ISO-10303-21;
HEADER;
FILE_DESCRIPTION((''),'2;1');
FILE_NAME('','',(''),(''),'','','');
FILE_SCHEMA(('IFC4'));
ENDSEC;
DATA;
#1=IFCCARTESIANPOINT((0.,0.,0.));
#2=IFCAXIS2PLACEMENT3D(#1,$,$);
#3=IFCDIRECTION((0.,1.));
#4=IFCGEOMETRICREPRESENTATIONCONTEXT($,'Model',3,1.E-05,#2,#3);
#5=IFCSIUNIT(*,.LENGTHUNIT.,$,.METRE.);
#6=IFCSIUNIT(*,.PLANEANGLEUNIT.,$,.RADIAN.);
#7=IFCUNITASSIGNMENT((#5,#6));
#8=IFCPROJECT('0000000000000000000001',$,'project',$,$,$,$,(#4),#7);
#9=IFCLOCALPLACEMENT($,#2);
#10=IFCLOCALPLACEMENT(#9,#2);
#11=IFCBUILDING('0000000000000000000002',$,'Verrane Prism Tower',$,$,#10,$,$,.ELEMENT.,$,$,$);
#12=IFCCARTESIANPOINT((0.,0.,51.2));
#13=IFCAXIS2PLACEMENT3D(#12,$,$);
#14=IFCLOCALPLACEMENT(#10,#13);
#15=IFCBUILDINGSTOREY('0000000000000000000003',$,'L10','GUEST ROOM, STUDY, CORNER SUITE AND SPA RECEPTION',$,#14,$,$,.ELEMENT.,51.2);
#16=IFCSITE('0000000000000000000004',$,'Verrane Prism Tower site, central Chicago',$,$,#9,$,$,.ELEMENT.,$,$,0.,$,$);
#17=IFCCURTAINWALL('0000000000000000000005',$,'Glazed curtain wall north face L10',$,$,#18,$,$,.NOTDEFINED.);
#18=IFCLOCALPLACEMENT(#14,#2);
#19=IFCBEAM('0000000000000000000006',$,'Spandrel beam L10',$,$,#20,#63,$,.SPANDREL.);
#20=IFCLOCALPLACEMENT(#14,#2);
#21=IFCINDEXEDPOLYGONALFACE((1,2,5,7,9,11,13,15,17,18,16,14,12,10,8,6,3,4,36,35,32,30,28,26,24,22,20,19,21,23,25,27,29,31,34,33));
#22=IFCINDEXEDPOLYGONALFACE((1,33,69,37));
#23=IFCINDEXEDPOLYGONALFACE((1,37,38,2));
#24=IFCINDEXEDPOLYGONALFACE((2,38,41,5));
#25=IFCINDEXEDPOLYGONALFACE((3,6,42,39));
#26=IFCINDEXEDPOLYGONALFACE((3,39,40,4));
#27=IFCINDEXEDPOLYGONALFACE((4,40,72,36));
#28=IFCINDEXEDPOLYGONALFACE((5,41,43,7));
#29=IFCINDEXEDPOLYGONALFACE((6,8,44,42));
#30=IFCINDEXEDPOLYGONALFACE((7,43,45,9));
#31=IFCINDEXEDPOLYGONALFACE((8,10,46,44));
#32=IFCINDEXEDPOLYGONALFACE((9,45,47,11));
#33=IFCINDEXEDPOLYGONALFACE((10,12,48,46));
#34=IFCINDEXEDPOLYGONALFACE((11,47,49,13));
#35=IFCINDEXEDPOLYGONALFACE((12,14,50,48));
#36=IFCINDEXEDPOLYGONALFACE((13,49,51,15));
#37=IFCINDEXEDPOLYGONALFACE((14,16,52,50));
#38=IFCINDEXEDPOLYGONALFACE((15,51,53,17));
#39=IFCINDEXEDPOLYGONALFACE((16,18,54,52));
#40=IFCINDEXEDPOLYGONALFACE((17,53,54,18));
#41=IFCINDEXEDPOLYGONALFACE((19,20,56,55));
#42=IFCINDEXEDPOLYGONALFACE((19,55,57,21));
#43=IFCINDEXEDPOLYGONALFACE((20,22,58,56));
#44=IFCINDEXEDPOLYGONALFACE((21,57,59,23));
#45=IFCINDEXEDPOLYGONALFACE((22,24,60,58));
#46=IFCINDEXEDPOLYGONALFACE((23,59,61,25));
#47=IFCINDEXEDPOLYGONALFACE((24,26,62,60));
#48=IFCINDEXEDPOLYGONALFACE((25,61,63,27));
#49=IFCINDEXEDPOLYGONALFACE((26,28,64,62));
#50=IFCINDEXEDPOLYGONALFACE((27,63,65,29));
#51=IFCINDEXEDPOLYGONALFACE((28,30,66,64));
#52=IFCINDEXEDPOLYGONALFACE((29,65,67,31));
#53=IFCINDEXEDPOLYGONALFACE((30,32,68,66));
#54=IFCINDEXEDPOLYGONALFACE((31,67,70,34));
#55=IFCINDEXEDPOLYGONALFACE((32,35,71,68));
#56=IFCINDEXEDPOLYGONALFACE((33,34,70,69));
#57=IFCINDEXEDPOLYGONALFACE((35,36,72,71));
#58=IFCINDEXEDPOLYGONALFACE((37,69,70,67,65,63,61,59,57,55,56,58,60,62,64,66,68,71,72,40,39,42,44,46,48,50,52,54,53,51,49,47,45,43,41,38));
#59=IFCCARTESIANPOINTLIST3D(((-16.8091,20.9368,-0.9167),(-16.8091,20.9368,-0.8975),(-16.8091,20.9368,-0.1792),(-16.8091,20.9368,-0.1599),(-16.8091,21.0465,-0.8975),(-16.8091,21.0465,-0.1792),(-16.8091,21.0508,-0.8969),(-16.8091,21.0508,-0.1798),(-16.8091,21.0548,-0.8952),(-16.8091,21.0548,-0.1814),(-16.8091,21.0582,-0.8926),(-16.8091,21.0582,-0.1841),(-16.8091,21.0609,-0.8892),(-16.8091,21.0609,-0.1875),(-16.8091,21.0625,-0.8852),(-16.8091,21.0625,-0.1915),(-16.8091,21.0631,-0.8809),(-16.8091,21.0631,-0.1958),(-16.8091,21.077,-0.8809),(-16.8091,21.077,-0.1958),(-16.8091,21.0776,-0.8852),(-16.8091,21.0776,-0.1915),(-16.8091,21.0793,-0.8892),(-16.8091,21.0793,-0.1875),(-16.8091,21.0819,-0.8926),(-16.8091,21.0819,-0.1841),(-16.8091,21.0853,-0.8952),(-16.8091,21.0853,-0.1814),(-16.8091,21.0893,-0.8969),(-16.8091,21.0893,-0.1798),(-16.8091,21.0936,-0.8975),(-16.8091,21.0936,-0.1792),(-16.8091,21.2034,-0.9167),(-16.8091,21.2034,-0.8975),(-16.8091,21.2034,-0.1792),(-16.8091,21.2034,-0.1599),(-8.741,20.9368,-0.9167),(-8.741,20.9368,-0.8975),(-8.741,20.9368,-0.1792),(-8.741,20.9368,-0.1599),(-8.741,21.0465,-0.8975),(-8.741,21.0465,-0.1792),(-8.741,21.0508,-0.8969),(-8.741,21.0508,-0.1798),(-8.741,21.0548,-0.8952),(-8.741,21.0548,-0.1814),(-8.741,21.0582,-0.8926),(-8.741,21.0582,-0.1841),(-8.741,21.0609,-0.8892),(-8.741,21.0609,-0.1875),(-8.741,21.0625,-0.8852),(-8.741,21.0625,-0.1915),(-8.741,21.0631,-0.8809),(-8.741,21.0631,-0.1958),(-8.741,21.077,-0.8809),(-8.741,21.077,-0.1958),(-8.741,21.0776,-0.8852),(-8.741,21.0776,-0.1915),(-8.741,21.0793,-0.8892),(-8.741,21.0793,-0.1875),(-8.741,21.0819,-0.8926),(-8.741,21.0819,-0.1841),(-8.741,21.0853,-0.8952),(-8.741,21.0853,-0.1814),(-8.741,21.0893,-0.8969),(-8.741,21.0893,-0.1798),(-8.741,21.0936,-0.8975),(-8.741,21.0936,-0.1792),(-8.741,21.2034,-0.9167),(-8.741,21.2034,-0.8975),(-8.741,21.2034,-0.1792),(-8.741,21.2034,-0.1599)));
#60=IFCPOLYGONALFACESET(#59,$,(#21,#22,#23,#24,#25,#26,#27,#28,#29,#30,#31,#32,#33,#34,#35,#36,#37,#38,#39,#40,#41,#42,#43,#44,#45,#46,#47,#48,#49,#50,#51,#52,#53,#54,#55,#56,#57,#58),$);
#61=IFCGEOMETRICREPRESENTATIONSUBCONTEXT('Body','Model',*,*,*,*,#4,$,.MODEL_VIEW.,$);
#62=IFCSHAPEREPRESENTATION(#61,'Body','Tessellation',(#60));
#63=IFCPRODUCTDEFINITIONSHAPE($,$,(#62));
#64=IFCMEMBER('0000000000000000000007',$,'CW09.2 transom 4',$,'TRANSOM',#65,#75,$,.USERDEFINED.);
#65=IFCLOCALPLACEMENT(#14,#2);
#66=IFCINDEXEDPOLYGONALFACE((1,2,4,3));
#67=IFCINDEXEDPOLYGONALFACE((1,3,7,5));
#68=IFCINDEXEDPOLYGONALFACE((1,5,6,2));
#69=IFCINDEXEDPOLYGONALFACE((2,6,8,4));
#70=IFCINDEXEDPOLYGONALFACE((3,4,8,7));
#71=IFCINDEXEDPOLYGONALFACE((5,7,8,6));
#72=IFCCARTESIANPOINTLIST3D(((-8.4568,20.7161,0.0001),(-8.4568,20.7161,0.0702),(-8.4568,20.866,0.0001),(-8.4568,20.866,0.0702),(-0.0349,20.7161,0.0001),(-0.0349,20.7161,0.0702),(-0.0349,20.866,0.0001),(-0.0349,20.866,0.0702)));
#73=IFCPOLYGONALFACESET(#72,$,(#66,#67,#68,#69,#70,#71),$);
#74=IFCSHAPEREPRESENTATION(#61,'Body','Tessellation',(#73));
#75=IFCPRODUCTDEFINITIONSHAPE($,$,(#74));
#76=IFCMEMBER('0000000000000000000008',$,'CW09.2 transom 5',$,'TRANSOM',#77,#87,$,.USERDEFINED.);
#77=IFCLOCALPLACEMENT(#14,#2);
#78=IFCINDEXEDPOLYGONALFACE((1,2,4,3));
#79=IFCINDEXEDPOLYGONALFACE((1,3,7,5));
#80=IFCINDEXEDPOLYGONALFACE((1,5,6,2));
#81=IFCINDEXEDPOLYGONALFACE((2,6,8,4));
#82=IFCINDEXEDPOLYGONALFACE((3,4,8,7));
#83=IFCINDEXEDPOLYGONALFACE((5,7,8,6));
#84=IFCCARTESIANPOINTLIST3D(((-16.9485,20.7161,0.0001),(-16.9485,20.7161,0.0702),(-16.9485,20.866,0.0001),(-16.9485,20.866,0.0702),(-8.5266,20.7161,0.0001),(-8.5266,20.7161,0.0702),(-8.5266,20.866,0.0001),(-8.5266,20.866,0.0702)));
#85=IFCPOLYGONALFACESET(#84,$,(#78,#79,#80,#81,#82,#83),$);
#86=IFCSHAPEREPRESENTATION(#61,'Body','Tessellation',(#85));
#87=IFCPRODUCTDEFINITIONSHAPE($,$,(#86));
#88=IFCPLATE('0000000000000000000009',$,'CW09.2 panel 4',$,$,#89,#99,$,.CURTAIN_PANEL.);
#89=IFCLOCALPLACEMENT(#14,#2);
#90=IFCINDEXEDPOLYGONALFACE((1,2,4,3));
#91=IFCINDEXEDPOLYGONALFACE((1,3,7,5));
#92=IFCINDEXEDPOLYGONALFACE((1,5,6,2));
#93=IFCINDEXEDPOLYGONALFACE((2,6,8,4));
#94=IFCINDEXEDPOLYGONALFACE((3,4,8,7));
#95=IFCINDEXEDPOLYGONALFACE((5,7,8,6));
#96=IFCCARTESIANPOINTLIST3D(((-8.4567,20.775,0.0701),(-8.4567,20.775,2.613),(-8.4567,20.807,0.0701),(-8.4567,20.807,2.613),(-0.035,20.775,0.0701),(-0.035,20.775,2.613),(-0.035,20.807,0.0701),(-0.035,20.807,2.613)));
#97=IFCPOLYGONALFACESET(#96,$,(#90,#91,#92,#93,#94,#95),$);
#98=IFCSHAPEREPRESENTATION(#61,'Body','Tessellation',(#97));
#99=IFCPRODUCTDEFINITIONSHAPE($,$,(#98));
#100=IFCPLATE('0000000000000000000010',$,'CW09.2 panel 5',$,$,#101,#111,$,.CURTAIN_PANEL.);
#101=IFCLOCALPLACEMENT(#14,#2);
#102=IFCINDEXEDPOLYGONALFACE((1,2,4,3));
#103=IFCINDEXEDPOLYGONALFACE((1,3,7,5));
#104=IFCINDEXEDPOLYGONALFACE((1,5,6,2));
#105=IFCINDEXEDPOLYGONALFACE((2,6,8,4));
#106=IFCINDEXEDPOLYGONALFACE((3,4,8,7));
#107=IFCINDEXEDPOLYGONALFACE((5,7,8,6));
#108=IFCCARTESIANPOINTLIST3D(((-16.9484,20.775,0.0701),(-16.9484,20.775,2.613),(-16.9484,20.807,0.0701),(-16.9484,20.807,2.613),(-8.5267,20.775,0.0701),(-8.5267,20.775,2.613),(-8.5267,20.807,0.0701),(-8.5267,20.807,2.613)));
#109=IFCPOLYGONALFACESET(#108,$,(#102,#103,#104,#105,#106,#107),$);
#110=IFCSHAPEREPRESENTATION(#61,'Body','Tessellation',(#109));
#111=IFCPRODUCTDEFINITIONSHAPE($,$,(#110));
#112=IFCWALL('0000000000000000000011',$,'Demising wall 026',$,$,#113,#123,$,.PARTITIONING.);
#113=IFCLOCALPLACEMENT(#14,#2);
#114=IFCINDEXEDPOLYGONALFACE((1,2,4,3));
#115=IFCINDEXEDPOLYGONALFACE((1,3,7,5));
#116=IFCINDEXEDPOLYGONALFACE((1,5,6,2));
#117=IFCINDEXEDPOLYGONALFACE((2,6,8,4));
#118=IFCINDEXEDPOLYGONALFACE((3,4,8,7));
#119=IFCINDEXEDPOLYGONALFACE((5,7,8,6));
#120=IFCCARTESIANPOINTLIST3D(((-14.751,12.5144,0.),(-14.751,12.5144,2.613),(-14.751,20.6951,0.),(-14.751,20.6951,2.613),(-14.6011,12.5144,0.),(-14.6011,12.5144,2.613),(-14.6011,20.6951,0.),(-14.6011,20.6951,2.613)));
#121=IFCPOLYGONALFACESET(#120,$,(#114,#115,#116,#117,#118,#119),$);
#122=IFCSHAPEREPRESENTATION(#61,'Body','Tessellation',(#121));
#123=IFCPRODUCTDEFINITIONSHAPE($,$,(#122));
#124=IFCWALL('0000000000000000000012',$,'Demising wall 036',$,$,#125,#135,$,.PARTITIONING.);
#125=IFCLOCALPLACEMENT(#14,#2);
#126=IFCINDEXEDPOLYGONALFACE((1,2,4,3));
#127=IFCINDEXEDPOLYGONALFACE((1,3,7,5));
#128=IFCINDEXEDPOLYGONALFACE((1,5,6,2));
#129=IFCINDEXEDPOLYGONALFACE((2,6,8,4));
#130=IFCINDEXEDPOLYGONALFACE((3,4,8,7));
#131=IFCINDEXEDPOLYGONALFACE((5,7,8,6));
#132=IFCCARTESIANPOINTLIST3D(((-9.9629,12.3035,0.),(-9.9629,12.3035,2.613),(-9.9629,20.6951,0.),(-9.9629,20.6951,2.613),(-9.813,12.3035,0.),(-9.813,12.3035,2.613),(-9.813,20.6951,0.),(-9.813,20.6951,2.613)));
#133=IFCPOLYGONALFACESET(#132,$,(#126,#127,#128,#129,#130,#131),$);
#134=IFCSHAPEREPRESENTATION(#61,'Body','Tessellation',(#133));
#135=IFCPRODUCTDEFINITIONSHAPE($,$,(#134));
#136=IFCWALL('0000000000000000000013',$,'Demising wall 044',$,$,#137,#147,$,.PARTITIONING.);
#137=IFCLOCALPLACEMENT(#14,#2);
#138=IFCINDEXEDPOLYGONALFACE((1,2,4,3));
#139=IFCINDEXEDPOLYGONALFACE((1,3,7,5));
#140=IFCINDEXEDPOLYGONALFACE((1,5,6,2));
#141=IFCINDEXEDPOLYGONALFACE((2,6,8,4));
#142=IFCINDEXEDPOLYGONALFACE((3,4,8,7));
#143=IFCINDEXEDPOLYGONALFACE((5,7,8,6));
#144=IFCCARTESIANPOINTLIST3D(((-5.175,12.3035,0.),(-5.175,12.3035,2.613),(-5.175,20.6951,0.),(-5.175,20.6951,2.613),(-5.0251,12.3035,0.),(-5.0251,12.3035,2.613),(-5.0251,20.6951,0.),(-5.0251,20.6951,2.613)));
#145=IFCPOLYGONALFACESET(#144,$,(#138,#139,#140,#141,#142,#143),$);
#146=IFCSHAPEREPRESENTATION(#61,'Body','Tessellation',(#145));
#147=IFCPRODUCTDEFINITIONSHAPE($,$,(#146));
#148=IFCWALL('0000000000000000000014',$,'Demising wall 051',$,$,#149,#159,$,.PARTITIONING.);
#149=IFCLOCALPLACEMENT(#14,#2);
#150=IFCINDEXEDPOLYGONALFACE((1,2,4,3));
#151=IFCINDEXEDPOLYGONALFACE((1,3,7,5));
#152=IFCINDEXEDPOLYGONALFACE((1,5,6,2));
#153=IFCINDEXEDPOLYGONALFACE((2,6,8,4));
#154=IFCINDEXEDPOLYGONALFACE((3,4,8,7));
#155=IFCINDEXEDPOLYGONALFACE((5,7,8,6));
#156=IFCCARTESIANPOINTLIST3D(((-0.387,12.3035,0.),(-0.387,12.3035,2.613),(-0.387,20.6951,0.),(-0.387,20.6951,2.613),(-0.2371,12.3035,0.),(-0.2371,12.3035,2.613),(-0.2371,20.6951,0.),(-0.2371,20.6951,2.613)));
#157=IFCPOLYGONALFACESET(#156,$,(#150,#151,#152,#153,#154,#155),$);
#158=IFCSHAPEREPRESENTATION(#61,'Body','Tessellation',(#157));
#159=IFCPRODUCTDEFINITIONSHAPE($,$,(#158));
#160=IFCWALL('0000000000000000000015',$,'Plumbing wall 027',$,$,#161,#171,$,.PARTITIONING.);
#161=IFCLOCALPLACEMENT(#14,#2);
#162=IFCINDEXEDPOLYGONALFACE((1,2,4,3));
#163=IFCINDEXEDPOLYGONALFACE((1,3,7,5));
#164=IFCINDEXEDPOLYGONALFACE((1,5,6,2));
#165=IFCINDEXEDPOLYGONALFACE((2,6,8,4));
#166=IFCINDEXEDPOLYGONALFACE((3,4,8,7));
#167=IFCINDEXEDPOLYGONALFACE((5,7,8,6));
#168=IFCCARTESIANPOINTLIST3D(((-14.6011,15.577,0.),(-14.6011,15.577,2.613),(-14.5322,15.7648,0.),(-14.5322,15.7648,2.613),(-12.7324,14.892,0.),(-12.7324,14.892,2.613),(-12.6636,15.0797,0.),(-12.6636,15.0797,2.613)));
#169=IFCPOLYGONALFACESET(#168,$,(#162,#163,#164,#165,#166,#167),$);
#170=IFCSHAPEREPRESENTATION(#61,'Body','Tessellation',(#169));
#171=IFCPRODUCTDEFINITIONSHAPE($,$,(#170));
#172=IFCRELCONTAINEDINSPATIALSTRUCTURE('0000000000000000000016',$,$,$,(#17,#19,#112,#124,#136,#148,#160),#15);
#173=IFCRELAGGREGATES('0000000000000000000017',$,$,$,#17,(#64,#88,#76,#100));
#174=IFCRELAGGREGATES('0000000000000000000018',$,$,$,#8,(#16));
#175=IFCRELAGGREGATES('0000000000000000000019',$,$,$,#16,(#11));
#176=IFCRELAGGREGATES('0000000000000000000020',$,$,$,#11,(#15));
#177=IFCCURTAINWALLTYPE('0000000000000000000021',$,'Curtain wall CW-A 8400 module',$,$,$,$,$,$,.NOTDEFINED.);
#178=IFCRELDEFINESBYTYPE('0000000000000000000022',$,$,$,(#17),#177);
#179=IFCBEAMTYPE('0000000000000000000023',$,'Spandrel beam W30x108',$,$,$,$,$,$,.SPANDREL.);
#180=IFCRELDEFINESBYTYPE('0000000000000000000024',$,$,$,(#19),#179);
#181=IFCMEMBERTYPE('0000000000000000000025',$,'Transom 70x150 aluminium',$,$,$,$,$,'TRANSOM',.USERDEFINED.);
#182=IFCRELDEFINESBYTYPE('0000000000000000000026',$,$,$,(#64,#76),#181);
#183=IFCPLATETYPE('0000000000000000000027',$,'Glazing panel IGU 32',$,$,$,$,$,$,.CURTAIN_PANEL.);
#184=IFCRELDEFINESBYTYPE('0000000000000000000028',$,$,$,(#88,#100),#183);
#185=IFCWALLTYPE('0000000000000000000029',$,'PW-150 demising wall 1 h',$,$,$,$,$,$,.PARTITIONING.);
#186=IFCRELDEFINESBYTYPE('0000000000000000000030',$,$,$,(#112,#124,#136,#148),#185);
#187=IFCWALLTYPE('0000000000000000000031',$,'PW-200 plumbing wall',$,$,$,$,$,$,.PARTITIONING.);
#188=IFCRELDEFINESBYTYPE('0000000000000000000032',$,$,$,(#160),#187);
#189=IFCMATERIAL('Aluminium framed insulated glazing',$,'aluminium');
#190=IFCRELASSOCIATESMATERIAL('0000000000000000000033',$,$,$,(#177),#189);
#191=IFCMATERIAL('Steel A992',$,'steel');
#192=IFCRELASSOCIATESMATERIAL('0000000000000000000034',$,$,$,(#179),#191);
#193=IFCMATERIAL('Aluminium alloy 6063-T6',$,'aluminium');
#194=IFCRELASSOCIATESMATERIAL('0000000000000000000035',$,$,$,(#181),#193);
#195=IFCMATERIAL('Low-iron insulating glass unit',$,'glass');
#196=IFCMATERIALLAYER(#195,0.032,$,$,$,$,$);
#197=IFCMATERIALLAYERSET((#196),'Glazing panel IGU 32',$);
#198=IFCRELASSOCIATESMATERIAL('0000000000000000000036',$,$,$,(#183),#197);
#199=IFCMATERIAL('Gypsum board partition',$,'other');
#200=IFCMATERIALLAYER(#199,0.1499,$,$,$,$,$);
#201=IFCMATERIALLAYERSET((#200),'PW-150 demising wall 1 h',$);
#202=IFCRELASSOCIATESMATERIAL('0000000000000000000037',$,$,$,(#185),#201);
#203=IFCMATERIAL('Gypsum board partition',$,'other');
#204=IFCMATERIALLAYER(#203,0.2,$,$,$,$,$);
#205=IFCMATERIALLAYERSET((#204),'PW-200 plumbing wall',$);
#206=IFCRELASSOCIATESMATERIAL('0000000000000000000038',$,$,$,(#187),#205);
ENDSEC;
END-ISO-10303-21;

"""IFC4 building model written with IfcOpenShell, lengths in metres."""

from ifc_helpers import new_model, si_unit, direction, frame, frame_2d, origin, origin_2d, place, context, subcontext, project, spatial, rectangle, i_section, extrude, material, layer, layer_set, material_profile, profile_set, type_object, element, aggregate, save


model = new_model("IFC4")

# Units and contexts
model_context = context("Model", 3, precision=1e-05, world=origin(), true_north=direction((0.0, 1.0)))
body_context = subcontext(model_context, "Body", "Model", "MODEL_VIEW")
ifc_project = project(units=[si_unit("LENGTHUNIT", "METRE"), si_unit("PLANEANGLEUNIT", "RADIAN")], contexts=[model_context])

# Site, building, storey
site_placement = place(None, origin())
site = spatial("IfcSite", under=ifc_project, at=site_placement, Name="Verrane Prism Tower site, central Chicago", CompositionType="ELEMENT", RefElevation=0.0)
building_placement = place(site_placement, origin())
building = spatial("IfcBuilding", under=site, at=building_placement, Name="Verrane Prism Tower", CompositionType="ELEMENT")
storey_placement = place(building_placement, frame((0.0, 0.0, 51.2)))
storey = spatial("IfcBuildingStorey", under=building, at=storey_placement, Name="L10", Description="GUEST ROOM, STUDY, CORNER SUITE AND SPA RECEPTION", CompositionType="ELEMENT", Elevation=51.2)

# Curtain wall
ifc_material_1 = material(Name="Aluminium framed insulated glazing", Category="aluminium")
curtain_wall_type = type_object("IfcCurtainWallType", Name="Curtain wall CW-A 8400 module", PredefinedType="NOTDEFINED", material=ifc_material_1)
curtain_wall_placement = place(storey_placement, origin())
curtain_wall = element("IfcCurtainWall", 1, at=curtain_wall_placement, inside=storey, type_object=curtain_wall_type, Name="Glazed curtain wall north face L10", PredefinedType="NOTDEFINED")

# Beam
ifc_material_2 = material(Name="Steel A992", Category="steel")
ifc_material_profile_1 = material_profile(ifc_material_2, i_section(OverallWidth=0.2666, OverallDepth=0.7568, WebThickness=0.0139, FlangeThickness=0.0193, FilletRadius=0.0166, at=origin_2d()), Name="W30x108")
ifc_profile_set_1 = profile_set([ifc_material_profile_1], Name="Steel A992")
beam_type_1 = type_object("IfcBeamType", Name="Spandrel beam W30x108", PredefinedType="SPANDREL", material=ifc_profile_set_1)
beam_1_placement = place(storey_placement, frame((-8.741, 21.0701, -0.5383), z_axis=(-1.0, 0.0, 0.0), x_axis=(0.0, -1.0, 0.0)))
element("IfcBeam", 2, at=beam_1_placement, inside=storey, type_object=beam_type_1, Name="Spandrel beam L10", PredefinedType="SPANDREL", context=body_context, shape_type="SweptSolid", body=[
    extrude(i_section(OverallWidth=0.2666, OverallDepth=0.7568, WebThickness=0.0139, FlangeThickness=0.0193, FilletRadius=0.0166, at=origin_2d()), origin(), (0.0, 0.0, 1.0), 8.0681),
])

# Members
ifc_material_3 = material(Name="Aluminium alloy 6063-T6", Category="aluminium")
ifc_material_profile_2 = material_profile(ifc_material_3, rectangle(XDim=0.1499, YDim=0.0701, at=origin_2d()), Name="Transom 70x150 aluminium")
ifc_profile_set_2 = profile_set([ifc_material_profile_2], Name="Aluminium alloy 6063-T6")
member_type_1 = type_object("IfcMemberType", Name="Transom 70x150 aluminium", ElementType="TRANSOM", PredefinedType="USERDEFINED", material=ifc_profile_set_2)
member_1_placement = place(storey_placement, frame((-0.0349, 20.791, 0.0352), z_axis=(-1.0, 0.0, 0.0), x_axis=(0.0, -1.0, 0.0)))
member_1 = element("IfcMember", 3, at=member_1_placement, type_object=member_type_1, Name="CW09.2 transom 4", ObjectType="TRANSOM", PredefinedType="USERDEFINED", context=body_context, shape_type="SweptSolid", body=[
    extrude(rectangle(XDim=0.1499, YDim=0.0701, at=origin_2d()), origin(), (0.0, 0.0, 1.0), 8.4219),
])
member_2_placement = place(storey_placement, frame((-8.5266, 20.791, 0.0352), z_axis=(-1.0, 0.0, 0.0), x_axis=(0.0, -1.0, 0.0)))
member_2 = element("IfcMember", 4, at=member_2_placement, type_object=member_type_1, Name="CW09.2 transom 5", ObjectType="TRANSOM", PredefinedType="USERDEFINED", context=body_context, shape_type="SweptSolid", body=[
    extrude(rectangle(XDim=0.1499, YDim=0.0701, at=origin_2d()), origin(), (0.0, 0.0, 1.0), 8.4219),
])

# Plates
ifc_material_4 = material(Name="Low-iron insulating glass unit", Category="glass")
ifc_layer_1 = layer(ifc_material_4, 0.032)
ifc_layer_set_1 = layer_set([ifc_layer_1], Name="Glazing panel IGU 32")
plate_type = type_object("IfcPlateType", Name="Glazing panel IGU 32", PredefinedType="CURTAIN_PANEL", material=ifc_layer_set_1)
plate_1_placement = place(storey_placement, frame((-4.2458, 20.791, 0.0701), z_axis=(0.0, 0.0, 1.0), x_axis=(-1.0, 0.0, 0.0)))
plate_1 = element("IfcPlate", 5, at=plate_1_placement, type_object=plate_type, Name="CW09.2 panel 4", PredefinedType="CURTAIN_PANEL", context=body_context, shape_type="SweptSolid", body=[
    extrude(rectangle(XDim=8.4216, YDim=0.032, at=origin_2d()), origin(), (0.0, 0.0, 1.0), 2.543),
])
plate_2_placement = place(storey_placement, frame((-12.7375, 20.791, 0.0701), z_axis=(0.0, 0.0, 1.0), x_axis=(-1.0, 0.0, 0.0)))
plate_2 = element("IfcPlate", 6, at=plate_2_placement, type_object=plate_type, Name="CW09.2 panel 5", PredefinedType="CURTAIN_PANEL", context=body_context, shape_type="SweptSolid", body=[
    extrude(rectangle(XDim=8.4216, YDim=0.032, at=origin_2d()), origin(), (0.0, 0.0, 1.0), 2.543),
])
aggregate(curtain_wall, [member_1, plate_1, member_2, plate_2])

# Walls
ifc_material_5 = material(Name="Gypsum board partition", Category="other")
ifc_layer_2 = layer(ifc_material_5, 0.1499)
ifc_layer_set_2 = layer_set([ifc_layer_2], Name="PW-150 demising wall 1 h")
wall_type_1 = type_object("IfcWallType", Name="PW-150 demising wall 1 h", PredefinedType="PARTITIONING", material=ifc_layer_set_2)
wall_1_placement = place(storey_placement, frame((-14.676, 12.5144, 0.0), z_axis=(0.0, 0.0, 1.0), x_axis=(0.0, 1.0, 0.0)))
element("IfcWall", 7, at=wall_1_placement, inside=storey, type_object=wall_type_1, Name="Demising wall 026", PredefinedType="PARTITIONING", context=body_context, shape_type="SweptSolid", body=[
    extrude(rectangle(XDim=8.1807, YDim=0.1499, at=frame_2d((4.0903, 0.0))), origin(), (0.0, 0.0, 1.0), 2.613),
])
for number, where, z_axis, x_axis, name in (
    (8, (-9.8879, 12.3035, 0.0), (0.0, 0.0, 1.0), (0.0, 1.0, 0.0), "Demising wall 036"),
    (9, (-5.1001, 12.3035, 0.0), (0.0, 0.0, 1.0), (0.0, 1.0, 0.0), "Demising wall 044"),
    (10, (-0.312, 12.3035, 0.0), (0.0, 0.0, 1.0), (0.0, 1.0, 0.0), "Demising wall 051"),
):
    element("IfcWall", number, at=place(storey_placement, frame(where, z_axis=z_axis, x_axis=x_axis)), inside=storey, type_object=wall_type_1, Name=name, PredefinedType="PARTITIONING", context=body_context, shape_type="SweptSolid", body=[
        extrude(rectangle(XDim=8.3916, YDim=0.1499, at=frame_2d((4.1958, 0.0))), origin(), (0.0, 0.0, 1.0), 2.613),
    ])
ifc_material_6 = material(Name="Gypsum board partition", Category="other")
ifc_layer_3 = layer(ifc_material_6, 0.2)
ifc_layer_set_3 = layer_set([ifc_layer_3], Name="PW-200 plumbing wall")
wall_type_2 = type_object("IfcWallType", Name="PW-200 plumbing wall", PredefinedType="PARTITIONING", material=ifc_layer_set_3)
wall_2_placement = place(storey_placement, frame((-14.5667, 15.6709, 0.0), z_axis=(0.0, 0.0, 1.0), x_axis=(0.938895, -0.344204, 0.0)))
element("IfcWall", 11, at=wall_2_placement, inside=storey, type_object=wall_type_2, Name="Plumbing wall 027", PredefinedType="PARTITIONING", context=body_context, shape_type="SweptSolid", body=[
    extrude(rectangle(XDim=1.9902, YDim=0.2, at=frame_2d((0.9951, 0.0))), origin(), (0.0, 0.0, 1.0), 2.613),
])

save(model, "model.ifc")
